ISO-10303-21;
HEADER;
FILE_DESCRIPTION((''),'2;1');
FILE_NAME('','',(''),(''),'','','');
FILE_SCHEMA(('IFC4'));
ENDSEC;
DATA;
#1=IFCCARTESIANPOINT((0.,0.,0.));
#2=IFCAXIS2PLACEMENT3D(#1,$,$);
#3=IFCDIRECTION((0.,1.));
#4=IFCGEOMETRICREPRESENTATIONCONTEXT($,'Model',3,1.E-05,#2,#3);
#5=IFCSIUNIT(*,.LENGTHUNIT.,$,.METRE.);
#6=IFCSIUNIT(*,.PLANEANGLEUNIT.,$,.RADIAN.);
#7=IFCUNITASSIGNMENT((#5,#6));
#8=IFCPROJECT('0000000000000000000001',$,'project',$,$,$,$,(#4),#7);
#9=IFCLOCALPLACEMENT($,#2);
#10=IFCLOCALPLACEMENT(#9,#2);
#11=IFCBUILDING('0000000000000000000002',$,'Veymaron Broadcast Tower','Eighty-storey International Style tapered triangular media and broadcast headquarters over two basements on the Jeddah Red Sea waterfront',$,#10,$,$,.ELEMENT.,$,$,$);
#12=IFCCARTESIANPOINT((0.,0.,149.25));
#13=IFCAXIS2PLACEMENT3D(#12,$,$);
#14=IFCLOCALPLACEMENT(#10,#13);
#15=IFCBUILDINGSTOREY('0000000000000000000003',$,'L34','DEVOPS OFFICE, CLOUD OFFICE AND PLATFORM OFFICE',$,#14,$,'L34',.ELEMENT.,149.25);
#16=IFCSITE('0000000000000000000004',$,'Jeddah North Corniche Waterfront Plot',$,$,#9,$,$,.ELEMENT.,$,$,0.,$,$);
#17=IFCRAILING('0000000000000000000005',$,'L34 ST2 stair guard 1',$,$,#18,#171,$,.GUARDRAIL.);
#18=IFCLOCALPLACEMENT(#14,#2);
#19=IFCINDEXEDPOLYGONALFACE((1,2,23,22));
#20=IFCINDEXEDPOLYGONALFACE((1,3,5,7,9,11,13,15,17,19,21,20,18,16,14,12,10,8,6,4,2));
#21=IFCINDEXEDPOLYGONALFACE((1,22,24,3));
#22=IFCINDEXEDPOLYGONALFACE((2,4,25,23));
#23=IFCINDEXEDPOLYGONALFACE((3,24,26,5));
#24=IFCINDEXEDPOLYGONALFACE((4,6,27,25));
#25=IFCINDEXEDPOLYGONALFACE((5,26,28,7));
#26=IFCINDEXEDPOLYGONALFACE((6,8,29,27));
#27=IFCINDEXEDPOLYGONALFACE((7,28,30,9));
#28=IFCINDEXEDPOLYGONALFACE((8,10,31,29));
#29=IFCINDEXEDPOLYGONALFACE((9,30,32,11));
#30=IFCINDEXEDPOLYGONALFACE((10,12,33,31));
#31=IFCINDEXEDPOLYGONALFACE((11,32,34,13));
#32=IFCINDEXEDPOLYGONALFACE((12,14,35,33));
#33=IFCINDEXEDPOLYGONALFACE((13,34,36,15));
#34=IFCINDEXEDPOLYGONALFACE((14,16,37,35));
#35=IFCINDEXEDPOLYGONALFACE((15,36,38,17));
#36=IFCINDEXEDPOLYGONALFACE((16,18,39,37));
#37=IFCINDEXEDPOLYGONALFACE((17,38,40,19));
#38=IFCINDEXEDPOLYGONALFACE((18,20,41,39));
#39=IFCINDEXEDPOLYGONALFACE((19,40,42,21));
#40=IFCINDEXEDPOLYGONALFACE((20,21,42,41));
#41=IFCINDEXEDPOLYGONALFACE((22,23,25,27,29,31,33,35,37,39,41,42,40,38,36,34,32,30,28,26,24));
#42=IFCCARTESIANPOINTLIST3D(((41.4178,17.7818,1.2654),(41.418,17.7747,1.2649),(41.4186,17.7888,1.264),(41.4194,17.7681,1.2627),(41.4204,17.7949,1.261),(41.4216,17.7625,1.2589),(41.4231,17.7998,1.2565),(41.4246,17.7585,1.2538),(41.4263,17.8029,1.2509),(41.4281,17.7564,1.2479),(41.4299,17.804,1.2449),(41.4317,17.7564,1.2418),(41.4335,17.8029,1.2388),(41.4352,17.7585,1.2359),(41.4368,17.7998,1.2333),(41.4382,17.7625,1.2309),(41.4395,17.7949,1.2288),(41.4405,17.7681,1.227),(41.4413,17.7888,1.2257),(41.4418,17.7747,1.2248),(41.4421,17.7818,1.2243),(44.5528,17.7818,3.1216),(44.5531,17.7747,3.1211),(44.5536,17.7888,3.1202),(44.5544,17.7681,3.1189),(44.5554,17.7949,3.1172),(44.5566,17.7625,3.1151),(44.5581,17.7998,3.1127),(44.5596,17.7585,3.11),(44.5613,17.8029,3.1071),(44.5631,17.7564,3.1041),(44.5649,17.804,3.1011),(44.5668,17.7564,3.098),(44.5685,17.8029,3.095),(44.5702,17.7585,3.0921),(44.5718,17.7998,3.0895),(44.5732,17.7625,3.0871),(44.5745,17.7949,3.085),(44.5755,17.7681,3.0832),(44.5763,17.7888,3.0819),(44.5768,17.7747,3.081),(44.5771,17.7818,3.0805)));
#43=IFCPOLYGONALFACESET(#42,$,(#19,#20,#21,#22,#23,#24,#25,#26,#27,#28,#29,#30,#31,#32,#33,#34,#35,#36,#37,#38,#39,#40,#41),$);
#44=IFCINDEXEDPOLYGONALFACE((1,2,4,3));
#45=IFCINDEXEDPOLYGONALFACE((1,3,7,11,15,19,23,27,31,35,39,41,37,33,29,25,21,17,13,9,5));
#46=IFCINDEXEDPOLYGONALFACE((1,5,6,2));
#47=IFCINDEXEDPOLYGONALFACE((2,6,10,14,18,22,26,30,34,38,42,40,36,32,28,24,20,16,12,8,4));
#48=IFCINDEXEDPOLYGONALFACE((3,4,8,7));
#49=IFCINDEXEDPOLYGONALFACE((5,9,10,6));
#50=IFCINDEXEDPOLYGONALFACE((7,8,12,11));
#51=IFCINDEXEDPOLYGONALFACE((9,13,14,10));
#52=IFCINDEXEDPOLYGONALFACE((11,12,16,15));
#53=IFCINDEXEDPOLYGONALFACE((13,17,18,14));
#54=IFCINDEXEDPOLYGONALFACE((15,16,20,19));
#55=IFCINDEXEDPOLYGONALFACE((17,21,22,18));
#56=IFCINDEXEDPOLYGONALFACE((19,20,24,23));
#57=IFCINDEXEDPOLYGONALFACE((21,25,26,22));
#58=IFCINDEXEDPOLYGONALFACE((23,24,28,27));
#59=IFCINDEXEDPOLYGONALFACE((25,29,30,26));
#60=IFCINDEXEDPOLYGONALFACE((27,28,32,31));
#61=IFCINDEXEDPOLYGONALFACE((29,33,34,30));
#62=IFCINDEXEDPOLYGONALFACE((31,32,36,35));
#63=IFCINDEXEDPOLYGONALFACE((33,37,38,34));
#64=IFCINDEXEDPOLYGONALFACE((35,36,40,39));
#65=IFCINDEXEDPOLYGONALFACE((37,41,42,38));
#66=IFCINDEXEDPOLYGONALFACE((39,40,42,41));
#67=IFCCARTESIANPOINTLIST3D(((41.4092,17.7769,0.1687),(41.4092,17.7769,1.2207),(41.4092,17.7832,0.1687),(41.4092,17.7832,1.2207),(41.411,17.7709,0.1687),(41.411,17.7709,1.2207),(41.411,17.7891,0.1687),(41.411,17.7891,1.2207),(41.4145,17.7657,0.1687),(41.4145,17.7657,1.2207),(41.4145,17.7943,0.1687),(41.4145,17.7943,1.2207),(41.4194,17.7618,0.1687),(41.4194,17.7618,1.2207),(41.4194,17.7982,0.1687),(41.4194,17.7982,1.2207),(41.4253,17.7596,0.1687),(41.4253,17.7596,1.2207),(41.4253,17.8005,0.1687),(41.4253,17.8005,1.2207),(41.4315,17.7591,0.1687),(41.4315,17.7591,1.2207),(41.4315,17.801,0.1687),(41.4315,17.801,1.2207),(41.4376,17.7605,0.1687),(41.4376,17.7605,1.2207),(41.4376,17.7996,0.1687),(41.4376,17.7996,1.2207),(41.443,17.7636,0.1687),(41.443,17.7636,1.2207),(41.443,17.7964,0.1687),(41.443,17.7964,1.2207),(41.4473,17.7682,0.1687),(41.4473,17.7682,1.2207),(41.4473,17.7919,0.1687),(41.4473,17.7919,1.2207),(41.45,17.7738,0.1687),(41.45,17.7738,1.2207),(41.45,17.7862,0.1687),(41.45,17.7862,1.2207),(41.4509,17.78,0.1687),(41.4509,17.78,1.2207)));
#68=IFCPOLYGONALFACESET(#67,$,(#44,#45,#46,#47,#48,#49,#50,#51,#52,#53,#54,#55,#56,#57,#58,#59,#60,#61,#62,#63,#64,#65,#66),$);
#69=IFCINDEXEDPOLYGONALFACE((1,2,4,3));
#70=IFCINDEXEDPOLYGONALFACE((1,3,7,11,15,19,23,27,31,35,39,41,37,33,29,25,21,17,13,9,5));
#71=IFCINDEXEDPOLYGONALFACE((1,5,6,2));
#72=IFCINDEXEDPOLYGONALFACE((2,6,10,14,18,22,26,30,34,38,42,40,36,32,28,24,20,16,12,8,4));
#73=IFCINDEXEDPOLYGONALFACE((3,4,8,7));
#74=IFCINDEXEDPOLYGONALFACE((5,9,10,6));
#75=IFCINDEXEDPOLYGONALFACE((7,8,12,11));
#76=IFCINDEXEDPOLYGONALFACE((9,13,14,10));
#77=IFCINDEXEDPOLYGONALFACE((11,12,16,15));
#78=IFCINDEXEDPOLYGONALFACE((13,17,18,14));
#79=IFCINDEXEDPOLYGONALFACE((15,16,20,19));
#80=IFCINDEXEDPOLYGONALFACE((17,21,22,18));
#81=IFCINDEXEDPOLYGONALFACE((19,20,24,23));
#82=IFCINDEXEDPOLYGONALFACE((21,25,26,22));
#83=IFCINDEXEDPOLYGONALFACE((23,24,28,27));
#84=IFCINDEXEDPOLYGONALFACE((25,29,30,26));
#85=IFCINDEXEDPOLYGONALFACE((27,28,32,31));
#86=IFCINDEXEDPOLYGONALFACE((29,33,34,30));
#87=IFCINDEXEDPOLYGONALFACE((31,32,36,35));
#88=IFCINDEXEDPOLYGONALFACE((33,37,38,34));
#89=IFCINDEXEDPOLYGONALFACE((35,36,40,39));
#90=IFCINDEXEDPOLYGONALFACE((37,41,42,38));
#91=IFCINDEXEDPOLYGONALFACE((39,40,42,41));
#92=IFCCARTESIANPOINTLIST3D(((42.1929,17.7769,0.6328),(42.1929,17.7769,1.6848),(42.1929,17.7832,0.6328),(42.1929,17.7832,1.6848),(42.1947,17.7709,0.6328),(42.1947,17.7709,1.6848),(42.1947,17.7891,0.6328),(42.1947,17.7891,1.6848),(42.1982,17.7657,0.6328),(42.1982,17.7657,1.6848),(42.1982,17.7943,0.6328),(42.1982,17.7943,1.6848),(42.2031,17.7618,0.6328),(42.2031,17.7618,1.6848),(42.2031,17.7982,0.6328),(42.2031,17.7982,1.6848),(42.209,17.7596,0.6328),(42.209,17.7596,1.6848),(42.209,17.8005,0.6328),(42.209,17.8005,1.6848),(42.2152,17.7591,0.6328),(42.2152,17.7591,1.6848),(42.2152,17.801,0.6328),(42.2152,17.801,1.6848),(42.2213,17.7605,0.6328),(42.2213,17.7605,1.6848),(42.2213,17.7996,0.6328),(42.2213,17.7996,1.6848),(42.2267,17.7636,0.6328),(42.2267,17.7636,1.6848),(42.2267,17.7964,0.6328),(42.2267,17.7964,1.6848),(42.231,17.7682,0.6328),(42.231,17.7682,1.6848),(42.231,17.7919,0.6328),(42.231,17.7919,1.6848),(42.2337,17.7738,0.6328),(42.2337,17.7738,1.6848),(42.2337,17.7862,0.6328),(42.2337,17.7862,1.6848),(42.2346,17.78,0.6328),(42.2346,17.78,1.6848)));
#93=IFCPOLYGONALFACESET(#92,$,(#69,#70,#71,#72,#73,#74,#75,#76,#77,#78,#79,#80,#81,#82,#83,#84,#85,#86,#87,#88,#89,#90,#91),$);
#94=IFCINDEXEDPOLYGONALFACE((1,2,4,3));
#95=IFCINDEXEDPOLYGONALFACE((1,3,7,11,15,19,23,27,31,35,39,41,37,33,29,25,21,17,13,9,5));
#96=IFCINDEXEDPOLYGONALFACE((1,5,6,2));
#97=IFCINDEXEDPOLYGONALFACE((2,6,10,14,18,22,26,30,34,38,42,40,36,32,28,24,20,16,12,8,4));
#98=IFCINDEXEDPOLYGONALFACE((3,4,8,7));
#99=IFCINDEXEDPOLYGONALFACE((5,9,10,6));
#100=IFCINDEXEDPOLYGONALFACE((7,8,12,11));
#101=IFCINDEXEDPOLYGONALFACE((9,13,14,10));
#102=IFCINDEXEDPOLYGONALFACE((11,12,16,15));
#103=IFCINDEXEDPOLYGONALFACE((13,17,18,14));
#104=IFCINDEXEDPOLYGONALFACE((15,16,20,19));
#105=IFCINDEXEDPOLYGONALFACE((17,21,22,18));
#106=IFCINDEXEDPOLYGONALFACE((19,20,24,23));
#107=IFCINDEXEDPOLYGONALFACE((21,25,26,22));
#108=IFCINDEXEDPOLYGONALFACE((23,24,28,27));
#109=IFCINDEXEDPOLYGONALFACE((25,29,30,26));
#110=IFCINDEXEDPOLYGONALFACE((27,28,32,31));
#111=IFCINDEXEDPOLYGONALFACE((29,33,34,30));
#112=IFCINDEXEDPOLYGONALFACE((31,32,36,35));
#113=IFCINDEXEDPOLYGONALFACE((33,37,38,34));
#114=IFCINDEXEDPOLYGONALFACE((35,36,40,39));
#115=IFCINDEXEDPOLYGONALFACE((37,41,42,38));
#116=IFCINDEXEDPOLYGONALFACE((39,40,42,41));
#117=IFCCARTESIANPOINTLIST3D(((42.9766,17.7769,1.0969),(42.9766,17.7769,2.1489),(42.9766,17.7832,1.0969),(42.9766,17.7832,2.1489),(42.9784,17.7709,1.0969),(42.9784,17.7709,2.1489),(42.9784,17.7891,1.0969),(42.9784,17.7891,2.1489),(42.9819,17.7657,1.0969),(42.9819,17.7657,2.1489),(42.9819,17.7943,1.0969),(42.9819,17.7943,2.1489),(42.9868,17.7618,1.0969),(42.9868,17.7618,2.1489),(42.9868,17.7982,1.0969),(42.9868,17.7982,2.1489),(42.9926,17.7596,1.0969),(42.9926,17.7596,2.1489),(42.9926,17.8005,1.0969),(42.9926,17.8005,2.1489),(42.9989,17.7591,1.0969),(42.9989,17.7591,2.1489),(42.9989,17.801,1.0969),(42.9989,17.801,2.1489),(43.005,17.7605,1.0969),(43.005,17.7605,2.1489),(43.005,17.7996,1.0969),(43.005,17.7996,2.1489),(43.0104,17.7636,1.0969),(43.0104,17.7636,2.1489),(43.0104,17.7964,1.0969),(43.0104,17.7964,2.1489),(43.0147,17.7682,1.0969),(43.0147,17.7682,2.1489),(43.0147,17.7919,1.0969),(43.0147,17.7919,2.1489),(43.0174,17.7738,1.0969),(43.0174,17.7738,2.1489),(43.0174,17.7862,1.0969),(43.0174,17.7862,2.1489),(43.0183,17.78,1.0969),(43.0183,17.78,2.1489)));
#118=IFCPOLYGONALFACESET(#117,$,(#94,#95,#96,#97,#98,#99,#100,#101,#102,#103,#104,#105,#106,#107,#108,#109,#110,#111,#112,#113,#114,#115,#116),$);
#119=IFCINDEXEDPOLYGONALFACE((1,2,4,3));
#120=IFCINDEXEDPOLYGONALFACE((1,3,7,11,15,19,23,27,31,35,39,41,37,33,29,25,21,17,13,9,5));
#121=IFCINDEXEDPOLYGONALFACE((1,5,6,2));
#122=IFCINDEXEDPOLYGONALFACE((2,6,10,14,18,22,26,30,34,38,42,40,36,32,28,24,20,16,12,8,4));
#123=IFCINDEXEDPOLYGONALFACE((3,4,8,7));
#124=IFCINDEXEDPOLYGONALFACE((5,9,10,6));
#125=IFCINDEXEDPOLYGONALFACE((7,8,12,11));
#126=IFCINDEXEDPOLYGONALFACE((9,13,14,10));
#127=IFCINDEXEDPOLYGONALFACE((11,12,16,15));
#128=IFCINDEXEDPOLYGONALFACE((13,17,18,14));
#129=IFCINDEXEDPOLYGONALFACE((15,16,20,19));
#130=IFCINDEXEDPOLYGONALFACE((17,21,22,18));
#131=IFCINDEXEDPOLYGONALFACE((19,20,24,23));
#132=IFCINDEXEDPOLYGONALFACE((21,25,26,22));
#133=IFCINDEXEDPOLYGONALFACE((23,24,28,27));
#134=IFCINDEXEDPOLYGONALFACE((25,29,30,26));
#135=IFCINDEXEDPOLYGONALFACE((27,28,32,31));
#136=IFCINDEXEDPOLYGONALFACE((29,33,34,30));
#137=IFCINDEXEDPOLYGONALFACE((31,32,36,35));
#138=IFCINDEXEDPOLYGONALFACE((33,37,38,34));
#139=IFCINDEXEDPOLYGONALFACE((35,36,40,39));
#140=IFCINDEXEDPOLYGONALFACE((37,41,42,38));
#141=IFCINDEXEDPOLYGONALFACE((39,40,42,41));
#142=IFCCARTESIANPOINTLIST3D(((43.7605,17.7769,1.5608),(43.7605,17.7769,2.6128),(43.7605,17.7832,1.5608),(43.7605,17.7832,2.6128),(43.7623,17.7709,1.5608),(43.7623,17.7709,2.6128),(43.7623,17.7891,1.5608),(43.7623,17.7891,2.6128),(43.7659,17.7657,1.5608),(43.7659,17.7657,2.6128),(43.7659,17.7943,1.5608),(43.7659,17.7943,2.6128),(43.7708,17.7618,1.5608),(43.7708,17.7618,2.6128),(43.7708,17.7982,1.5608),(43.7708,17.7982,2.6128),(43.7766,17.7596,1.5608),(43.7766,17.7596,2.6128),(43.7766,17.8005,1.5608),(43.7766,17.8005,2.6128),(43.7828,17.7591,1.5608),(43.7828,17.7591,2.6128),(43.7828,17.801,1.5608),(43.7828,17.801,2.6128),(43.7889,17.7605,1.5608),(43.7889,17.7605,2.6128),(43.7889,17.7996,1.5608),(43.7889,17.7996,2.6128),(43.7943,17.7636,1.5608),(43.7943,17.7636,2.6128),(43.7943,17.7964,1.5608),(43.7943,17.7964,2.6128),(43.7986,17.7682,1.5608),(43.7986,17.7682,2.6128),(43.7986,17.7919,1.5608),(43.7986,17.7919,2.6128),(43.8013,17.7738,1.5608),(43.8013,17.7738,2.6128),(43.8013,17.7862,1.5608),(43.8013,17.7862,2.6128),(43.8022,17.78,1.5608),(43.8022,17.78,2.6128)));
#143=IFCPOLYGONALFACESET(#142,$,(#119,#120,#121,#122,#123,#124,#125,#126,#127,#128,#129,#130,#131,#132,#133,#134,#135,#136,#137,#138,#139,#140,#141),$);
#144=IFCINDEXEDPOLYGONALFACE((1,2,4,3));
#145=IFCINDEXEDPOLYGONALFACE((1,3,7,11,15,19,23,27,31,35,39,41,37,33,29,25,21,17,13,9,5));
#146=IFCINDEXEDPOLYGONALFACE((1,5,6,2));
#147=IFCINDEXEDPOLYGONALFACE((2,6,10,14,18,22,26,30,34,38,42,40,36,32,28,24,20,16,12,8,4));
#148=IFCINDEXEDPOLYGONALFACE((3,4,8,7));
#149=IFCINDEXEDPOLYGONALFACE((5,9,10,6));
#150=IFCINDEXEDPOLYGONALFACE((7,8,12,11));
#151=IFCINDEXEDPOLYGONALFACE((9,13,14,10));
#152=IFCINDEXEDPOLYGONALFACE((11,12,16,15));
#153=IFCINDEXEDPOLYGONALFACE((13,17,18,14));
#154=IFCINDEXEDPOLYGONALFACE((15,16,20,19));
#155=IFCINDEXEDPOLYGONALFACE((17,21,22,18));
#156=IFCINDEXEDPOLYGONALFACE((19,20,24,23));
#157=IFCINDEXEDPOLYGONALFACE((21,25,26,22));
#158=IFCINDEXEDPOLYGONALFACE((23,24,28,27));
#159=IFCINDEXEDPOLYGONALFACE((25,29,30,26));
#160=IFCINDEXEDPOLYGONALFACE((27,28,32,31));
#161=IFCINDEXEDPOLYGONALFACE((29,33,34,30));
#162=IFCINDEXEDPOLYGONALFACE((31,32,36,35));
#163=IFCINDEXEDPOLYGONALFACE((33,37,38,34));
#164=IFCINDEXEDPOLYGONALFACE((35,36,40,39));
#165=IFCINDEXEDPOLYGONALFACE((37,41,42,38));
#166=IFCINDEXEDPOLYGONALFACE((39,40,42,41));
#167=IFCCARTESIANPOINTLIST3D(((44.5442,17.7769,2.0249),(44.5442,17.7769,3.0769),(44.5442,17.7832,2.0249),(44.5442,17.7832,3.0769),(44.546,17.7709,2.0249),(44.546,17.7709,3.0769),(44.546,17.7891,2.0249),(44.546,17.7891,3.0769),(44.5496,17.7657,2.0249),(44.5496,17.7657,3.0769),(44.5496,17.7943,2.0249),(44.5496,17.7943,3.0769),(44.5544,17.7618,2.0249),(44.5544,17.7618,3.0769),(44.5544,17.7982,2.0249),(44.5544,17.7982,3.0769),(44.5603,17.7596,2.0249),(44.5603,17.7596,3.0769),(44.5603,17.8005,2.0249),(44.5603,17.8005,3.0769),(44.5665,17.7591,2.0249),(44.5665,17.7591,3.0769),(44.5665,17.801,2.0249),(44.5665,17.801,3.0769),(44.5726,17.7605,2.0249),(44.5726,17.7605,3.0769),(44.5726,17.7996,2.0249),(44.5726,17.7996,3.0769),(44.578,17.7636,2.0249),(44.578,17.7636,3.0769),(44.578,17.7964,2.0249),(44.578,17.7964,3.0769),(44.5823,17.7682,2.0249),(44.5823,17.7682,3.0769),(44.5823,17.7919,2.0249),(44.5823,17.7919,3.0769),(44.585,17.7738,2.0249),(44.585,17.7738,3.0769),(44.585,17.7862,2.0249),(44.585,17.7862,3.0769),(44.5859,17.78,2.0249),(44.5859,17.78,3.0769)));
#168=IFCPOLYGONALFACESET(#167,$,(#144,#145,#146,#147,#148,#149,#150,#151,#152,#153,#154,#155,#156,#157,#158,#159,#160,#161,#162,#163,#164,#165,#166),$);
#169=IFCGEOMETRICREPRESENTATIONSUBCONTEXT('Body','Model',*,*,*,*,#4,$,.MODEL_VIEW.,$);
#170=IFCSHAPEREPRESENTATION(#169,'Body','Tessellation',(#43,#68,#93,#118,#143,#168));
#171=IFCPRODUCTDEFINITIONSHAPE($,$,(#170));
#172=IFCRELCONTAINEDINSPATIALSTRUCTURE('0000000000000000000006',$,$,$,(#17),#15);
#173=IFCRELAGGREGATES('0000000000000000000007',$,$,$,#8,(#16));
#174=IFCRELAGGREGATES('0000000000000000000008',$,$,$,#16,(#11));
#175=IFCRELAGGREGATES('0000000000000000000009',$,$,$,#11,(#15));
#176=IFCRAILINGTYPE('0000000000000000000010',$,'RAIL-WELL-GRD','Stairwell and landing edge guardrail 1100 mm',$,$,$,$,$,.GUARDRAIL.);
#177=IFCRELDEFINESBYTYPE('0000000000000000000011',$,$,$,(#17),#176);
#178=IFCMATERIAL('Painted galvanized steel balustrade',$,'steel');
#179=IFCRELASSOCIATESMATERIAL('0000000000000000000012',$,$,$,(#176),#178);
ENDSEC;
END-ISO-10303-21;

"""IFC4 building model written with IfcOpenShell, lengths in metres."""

from ifc_helpers import new_model, si_unit, direction, frame, origin, origin_2d, place, context, subcontext, project, spatial, circle, extrude, material, type_object, element, save


model = new_model("IFC4")

# Units and contexts
model_context = context("Model", 3, precision=1e-05, world=origin(), true_north=direction((0.0, 1.0)))
body_context = subcontext(model_context, "Body", "Model", "MODEL_VIEW")
ifc_project = project(units=[si_unit("LENGTHUNIT", "METRE"), si_unit("PLANEANGLEUNIT", "RADIAN")], contexts=[model_context])

# Site, building, storey
site_placement = place(None, origin())
site = spatial("IfcSite", under=ifc_project, at=site_placement, Name="Jeddah North Corniche Waterfront Plot", CompositionType="ELEMENT", RefElevation=0.0)
building_placement = place(site_placement, origin())
building = spatial("IfcBuilding", under=site, at=building_placement, Name="Veymaron Broadcast Tower", Description="Eighty-storey International Style tapered triangular media and broadcast headquarters over two basements on the Jeddah Red Sea waterfront", CompositionType="ELEMENT")
storey_placement = place(building_placement, frame((0.0, 0.0, 149.25)))
storey = spatial("IfcBuildingStorey", under=building, at=storey_placement, Name="L34", Description="DEVOPS OFFICE, CLOUD OFFICE AND PLATFORM OFFICE", LongName="L34", CompositionType="ELEMENT", Elevation=149.25)

# Railing
ifc_material_1 = material(Name="Painted galvanized steel balustrade", Category="steel")
railing_type_1 = type_object("IfcRailingType", Name="RAIL-WELL-GRD", Description="Stairwell and landing edge guardrail 1100 mm", PredefinedType="GUARDRAIL", material=ifc_material_1)
railing_1_placement = place(storey_placement, frame((41.4299, 17.78, 0.1687)))
element("IfcRailing", 1, at=railing_1_placement, inside=storey, type_object=railing_type_1, Name="L34 ST2 stair guard 1", PredefinedType="GUARDRAIL", context=body_context, shape_type="SweptSolid", body=[
    extrude(circle(Radius=0.0239, at=origin_2d()), frame((0.0, 0.0, 1.0762), z_axis=(0.860482, 0.0, 0.509481), x_axis=(0.0, 1.0, 0.0)), (0.0, 0.0, 1.0), 3.6433),
    extrude(circle(Radius=0.021, at=origin_2d()), origin(), (0.0, 0.0, 1.0), 1.052),
    extrude(circle(Radius=0.021, at=origin_2d()), frame((0.7837, 0.0, 0.4641)), (0.0, 0.0, 1.0), 1.052),
    extrude(circle(Radius=0.021, at=origin_2d()), frame((1.5674, 0.0, 0.9282)), (0.0, 0.0, 1.0), 1.052),
    extrude(circle(Radius=0.021, at=origin_2d()), frame((2.3513, 0.0, 1.3921)), (0.0, 0.0, 1.0), 1.052),
    extrude(circle(Radius=0.021, at=origin_2d()), frame((3.135, 0.0, 1.8562)), (0.0, 0.0, 1.0), 1.052),
])

save(model, "model.ifc")
